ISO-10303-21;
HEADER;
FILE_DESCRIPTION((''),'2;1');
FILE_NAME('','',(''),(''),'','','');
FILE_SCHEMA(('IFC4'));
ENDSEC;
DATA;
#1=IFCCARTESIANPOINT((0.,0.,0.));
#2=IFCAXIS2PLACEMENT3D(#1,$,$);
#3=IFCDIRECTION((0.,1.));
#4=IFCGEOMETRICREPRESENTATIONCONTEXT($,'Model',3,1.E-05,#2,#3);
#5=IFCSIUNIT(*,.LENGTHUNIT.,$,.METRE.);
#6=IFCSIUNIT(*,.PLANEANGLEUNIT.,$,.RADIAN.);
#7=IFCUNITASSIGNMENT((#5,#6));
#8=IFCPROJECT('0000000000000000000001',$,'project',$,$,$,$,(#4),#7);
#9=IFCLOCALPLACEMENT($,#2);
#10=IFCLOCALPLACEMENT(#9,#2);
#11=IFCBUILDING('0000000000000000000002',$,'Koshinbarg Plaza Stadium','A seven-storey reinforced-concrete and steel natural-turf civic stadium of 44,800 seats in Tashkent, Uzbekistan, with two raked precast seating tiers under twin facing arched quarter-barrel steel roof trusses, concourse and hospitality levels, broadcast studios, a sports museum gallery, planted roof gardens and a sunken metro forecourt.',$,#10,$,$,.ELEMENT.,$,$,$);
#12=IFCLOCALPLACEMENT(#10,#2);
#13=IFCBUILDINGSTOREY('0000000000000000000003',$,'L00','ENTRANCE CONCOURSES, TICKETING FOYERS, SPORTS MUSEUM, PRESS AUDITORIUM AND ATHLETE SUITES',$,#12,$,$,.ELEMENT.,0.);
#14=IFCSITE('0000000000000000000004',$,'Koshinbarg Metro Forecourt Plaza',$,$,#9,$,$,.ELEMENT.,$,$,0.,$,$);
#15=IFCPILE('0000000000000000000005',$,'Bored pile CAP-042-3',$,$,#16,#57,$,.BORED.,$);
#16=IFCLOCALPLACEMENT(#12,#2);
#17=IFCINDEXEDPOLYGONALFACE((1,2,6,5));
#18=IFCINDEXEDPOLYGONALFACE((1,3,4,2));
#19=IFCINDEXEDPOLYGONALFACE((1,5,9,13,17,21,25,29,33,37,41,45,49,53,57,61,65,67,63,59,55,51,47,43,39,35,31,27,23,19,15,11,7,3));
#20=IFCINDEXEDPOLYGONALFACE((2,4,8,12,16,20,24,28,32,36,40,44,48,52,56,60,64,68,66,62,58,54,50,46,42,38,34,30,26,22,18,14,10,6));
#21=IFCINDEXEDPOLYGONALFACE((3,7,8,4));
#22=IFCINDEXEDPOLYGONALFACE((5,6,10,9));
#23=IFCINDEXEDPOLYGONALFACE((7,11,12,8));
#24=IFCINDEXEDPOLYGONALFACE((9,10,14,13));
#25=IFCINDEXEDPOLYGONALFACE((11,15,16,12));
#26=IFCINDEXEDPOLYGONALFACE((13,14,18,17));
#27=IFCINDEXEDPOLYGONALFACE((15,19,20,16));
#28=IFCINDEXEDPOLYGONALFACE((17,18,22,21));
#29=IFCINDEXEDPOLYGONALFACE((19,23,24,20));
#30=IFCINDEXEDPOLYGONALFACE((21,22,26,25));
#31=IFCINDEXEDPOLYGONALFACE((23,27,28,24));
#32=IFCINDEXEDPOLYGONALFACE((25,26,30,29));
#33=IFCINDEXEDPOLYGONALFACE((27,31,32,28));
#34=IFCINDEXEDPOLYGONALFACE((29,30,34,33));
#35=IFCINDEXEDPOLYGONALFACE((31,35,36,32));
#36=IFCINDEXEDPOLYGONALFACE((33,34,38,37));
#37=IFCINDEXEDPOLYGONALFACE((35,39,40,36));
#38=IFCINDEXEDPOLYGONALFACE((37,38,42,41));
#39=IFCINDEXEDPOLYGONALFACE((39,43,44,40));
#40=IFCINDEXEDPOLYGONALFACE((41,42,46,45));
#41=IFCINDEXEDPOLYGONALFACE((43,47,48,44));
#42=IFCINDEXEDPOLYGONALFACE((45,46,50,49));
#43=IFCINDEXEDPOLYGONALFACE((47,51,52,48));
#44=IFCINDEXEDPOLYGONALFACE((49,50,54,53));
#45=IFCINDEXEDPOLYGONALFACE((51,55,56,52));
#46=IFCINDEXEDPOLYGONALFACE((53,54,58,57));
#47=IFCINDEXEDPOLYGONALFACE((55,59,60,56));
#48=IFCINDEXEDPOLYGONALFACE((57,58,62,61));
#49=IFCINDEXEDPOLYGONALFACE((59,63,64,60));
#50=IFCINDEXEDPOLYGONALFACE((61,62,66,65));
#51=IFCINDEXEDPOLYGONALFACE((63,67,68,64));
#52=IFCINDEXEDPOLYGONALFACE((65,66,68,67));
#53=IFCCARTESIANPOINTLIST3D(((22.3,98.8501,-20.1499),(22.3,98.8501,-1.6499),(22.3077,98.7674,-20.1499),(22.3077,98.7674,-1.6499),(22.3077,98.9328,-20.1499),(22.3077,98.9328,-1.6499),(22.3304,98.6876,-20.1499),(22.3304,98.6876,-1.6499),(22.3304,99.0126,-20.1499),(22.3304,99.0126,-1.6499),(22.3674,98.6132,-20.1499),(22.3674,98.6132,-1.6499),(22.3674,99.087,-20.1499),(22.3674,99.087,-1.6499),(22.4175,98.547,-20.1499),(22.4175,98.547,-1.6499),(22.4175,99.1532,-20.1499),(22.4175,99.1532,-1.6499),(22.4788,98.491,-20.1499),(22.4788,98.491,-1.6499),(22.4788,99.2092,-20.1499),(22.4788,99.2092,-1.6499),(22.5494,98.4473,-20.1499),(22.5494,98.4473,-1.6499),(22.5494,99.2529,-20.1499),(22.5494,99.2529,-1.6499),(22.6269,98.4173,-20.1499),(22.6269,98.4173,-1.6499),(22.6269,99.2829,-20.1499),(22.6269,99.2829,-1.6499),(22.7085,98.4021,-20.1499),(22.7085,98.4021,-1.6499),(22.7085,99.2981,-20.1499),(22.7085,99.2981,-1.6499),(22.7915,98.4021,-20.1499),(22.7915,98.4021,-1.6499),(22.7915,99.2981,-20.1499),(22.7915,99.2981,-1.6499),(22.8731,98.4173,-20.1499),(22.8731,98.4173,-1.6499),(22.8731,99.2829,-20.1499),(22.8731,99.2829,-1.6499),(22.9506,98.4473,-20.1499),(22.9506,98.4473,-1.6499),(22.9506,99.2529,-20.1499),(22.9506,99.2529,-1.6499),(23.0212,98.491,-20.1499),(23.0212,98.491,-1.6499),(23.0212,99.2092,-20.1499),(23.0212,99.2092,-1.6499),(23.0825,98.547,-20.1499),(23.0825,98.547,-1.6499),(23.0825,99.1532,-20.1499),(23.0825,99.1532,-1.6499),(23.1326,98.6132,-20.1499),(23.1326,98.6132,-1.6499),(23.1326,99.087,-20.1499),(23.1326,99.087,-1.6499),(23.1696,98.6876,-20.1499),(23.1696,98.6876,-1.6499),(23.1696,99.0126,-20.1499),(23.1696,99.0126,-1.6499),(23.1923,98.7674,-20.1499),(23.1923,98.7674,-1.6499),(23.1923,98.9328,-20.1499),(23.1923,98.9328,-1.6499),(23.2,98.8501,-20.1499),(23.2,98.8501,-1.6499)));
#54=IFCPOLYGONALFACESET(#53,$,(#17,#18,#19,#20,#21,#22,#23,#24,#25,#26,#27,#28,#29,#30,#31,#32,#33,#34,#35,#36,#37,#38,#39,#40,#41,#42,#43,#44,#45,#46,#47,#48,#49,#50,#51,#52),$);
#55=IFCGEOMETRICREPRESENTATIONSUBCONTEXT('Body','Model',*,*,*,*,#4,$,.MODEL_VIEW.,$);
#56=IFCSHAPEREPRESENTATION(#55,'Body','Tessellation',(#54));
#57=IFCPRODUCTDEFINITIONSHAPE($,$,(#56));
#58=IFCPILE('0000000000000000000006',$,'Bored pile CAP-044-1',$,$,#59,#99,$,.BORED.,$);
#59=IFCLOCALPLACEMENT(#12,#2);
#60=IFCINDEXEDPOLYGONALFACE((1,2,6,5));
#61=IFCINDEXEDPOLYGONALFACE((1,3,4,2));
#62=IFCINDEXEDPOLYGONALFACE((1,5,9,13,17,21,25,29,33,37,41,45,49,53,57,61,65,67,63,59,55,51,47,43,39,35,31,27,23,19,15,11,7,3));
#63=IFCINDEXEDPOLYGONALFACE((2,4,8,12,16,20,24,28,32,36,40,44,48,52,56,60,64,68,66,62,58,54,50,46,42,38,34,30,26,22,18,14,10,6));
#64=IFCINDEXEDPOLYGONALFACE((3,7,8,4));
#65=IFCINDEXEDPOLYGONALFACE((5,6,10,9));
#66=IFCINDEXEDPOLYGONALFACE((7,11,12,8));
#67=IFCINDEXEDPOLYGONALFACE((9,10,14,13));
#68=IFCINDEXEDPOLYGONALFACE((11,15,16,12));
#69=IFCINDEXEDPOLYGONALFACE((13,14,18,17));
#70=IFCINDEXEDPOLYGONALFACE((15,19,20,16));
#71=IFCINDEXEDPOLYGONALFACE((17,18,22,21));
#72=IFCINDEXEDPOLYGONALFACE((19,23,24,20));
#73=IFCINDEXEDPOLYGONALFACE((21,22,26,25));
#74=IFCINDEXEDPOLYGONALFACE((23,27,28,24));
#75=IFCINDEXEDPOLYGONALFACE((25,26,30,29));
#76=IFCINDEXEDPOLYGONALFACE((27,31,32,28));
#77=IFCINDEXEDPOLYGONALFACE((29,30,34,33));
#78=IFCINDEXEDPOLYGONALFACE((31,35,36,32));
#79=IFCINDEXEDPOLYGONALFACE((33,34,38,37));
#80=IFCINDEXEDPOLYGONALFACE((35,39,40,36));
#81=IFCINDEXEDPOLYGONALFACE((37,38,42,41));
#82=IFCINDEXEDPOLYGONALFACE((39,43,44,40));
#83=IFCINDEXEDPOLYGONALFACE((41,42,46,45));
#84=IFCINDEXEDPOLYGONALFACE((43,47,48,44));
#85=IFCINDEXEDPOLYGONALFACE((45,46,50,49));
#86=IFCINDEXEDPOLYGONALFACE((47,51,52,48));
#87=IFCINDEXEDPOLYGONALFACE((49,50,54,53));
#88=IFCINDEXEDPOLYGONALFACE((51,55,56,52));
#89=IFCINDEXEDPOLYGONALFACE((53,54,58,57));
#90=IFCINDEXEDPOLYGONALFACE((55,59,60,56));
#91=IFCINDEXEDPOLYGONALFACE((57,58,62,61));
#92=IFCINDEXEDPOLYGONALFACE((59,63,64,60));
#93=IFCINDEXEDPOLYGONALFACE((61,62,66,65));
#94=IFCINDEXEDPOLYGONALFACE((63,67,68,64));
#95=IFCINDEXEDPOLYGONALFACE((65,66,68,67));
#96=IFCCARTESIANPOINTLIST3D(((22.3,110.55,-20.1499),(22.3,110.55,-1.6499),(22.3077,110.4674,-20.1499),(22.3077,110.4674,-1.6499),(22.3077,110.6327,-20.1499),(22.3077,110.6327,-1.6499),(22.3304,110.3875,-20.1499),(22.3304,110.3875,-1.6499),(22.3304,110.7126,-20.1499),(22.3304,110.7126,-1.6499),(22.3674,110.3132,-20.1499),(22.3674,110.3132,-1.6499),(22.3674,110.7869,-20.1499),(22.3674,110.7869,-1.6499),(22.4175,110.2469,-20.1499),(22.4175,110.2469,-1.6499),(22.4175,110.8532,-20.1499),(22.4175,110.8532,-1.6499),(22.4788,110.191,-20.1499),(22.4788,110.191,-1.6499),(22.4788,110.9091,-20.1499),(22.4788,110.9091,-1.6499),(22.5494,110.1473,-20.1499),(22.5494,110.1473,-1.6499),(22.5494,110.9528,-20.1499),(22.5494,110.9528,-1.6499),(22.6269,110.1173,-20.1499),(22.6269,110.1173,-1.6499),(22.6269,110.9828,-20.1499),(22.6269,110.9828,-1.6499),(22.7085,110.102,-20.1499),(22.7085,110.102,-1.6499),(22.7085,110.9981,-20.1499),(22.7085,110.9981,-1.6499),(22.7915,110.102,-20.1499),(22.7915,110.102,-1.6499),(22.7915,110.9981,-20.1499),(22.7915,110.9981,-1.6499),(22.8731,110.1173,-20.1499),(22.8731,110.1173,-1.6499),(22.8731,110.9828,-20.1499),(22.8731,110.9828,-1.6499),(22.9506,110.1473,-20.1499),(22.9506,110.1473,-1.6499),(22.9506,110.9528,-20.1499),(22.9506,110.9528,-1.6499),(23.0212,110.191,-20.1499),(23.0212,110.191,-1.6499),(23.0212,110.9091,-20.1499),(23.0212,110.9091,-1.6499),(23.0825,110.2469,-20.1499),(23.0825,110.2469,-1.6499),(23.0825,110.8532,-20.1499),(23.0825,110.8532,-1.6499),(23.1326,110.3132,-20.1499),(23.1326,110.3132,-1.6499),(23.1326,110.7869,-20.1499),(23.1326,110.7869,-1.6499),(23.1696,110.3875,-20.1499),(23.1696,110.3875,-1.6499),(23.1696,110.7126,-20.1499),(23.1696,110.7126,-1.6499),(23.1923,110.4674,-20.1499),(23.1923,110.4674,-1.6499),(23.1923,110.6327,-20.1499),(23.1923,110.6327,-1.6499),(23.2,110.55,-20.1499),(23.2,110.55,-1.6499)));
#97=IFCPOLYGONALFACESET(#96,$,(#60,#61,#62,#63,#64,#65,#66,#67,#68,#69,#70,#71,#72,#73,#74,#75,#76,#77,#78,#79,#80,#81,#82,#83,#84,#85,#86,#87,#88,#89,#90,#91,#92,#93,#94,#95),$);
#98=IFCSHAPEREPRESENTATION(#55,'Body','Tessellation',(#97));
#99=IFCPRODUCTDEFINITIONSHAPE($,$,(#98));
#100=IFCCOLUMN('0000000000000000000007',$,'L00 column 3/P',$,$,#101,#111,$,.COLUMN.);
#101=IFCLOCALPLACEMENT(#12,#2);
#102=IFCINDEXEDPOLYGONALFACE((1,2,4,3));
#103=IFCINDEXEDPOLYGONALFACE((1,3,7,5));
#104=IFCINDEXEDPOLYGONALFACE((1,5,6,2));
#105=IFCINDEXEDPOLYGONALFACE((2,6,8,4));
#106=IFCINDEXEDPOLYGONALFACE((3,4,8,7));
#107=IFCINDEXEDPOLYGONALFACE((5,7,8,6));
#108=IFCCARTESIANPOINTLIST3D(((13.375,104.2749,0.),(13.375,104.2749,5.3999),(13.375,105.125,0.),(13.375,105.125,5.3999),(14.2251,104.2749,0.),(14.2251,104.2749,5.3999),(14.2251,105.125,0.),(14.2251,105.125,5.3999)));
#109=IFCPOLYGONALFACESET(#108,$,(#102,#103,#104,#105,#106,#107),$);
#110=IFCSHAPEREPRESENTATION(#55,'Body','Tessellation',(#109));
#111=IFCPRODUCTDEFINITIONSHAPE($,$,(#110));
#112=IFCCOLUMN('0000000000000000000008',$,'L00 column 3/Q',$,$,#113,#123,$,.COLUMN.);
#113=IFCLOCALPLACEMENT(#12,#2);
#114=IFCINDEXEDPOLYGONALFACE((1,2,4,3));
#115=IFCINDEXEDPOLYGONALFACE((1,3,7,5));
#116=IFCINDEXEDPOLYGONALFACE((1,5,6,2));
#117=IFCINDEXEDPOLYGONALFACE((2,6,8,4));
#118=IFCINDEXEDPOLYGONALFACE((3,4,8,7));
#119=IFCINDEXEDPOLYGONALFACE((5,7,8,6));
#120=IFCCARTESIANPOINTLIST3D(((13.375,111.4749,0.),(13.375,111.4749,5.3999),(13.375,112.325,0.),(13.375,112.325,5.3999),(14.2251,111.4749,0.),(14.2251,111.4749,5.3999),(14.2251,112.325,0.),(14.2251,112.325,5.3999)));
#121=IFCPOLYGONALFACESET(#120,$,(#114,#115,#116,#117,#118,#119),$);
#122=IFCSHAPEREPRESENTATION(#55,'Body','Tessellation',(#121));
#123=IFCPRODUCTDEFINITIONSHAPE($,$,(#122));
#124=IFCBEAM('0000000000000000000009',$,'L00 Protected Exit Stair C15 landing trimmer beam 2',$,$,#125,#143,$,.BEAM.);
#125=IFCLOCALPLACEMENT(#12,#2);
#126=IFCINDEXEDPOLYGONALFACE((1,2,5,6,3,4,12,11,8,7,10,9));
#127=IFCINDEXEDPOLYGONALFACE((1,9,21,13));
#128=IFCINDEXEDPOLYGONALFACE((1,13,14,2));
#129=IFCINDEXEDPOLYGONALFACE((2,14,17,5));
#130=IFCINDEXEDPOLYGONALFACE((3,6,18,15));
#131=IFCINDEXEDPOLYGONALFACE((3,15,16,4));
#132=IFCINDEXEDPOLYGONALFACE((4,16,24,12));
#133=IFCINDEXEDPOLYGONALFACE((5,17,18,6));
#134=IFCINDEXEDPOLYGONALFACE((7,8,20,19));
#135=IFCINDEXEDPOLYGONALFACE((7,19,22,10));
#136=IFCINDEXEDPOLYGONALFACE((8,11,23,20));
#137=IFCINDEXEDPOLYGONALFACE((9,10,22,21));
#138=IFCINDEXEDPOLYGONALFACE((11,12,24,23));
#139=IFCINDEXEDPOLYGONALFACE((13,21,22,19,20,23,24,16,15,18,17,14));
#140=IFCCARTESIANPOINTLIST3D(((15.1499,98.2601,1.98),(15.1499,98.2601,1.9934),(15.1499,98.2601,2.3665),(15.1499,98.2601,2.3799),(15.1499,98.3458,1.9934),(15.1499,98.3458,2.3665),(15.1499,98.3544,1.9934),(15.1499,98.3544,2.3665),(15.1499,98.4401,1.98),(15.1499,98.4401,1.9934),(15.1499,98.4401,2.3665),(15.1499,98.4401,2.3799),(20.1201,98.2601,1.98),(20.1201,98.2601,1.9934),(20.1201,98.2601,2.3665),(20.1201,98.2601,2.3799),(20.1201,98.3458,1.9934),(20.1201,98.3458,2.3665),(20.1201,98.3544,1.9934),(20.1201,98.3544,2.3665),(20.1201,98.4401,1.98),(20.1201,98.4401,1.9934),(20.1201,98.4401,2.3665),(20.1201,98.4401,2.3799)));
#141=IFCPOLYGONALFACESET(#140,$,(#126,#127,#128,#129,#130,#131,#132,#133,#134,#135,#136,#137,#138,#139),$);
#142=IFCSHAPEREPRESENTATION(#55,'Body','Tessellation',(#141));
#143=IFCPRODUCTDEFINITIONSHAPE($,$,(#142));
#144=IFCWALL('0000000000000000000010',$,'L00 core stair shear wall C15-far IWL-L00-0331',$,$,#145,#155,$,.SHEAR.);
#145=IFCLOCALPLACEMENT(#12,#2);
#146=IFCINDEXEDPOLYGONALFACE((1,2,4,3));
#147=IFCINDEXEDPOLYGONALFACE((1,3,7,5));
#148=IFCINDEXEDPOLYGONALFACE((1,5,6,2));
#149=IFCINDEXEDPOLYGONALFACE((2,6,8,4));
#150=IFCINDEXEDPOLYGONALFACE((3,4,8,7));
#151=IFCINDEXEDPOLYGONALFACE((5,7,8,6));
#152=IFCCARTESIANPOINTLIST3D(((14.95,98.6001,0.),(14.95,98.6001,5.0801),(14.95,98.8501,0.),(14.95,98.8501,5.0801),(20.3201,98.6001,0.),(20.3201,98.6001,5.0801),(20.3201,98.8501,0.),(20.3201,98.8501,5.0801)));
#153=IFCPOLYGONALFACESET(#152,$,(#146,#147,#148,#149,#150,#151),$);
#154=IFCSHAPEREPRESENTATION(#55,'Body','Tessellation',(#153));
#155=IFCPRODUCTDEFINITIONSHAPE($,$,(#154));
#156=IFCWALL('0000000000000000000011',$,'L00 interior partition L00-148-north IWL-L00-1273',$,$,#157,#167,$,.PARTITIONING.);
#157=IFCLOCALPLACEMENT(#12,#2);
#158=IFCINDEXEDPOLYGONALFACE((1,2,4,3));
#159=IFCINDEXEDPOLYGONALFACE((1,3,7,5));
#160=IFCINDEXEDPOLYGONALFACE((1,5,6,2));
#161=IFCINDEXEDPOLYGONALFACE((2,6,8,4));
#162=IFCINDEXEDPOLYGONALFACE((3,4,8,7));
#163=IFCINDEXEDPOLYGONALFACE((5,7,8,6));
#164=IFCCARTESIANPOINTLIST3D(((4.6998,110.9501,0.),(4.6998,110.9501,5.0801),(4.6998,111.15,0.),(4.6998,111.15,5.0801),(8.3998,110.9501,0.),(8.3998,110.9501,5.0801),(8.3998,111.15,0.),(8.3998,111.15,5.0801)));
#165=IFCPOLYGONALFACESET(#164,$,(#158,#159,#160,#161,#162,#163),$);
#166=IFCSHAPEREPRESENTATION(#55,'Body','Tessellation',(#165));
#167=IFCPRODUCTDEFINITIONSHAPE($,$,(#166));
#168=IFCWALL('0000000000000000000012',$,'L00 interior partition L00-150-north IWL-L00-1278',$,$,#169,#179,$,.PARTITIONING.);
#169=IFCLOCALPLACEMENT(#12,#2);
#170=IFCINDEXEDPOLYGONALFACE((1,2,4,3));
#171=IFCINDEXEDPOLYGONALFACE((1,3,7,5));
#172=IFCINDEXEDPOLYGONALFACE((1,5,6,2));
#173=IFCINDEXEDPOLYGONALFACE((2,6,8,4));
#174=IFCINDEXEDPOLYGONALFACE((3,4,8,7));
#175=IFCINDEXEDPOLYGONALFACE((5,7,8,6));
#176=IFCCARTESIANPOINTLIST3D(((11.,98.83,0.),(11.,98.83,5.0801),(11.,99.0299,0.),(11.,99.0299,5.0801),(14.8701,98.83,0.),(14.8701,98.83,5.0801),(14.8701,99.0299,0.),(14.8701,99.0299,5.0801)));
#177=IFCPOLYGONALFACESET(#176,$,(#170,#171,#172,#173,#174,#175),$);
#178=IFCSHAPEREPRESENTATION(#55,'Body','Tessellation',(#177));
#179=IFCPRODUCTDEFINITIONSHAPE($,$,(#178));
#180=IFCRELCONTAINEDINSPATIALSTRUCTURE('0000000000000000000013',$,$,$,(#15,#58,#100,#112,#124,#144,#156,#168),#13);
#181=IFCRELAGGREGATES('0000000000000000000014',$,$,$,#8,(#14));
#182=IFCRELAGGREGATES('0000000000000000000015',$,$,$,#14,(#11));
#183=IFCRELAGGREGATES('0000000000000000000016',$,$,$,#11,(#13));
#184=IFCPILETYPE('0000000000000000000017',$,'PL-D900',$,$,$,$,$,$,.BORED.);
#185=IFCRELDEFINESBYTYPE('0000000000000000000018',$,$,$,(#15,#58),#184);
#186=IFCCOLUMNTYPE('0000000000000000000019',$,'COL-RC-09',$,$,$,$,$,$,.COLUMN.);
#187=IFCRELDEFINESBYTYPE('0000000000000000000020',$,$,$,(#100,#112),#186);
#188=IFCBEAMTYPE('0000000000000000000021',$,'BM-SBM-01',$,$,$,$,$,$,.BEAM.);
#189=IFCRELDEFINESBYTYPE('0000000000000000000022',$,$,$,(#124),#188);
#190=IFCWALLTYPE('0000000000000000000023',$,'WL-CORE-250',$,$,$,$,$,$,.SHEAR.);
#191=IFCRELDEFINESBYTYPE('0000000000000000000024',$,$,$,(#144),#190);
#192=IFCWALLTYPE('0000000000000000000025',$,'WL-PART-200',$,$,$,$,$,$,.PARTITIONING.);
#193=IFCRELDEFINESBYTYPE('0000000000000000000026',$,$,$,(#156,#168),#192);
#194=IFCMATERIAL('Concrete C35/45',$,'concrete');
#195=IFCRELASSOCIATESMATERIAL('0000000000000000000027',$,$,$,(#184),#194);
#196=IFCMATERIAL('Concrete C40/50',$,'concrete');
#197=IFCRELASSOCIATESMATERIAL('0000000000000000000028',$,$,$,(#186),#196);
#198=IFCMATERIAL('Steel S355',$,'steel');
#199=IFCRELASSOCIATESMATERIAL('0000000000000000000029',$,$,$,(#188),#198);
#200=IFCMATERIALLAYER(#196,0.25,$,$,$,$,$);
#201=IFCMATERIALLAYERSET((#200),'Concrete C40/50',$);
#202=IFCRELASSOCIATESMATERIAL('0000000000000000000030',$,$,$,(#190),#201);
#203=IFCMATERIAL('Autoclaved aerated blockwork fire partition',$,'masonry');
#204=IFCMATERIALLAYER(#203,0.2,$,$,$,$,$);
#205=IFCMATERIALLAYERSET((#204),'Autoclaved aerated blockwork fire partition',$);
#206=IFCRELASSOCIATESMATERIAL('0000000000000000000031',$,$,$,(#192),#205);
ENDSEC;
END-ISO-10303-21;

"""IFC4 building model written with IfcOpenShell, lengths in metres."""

from ifc_helpers import new_model, si_unit, direction, frame, frame_2d, origin, origin_2d, place, context, subcontext, project, spatial, rectangle, circle, i_section, extrude, material, layer, layer_set, material_profile, profile_set, type_object, element, save


model = new_model("IFC4")

# Units and contexts
model_context = context("Model", 3, precision=1e-05, world=origin(), true_north=direction((0.0, 1.0)))
body_context = subcontext(model_context, "Body", "Model", "MODEL_VIEW")
ifc_project = project(units=[si_unit("LENGTHUNIT", "METRE"), si_unit("PLANEANGLEUNIT", "RADIAN")], contexts=[model_context])

# Site, building, storey
site_placement = place(None, origin())
site = spatial("IfcSite", under=ifc_project, at=site_placement, Name="Koshinbarg Metro Forecourt Plaza", CompositionType="ELEMENT", RefElevation=0.0)
building_placement = place(site_placement, origin())
building = spatial("IfcBuilding", under=site, at=building_placement, Name="Koshinbarg Plaza Stadium", Description="A seven-storey reinforced-concrete and steel natural-turf civic stadium of 44,800 seats in Tashkent, Uzbekistan, with two raked precast seating tiers under twin facing arched quarter-barrel steel roof trusses, concourse and hospitality levels, broadcast studios, a sports museum gallery, planted roof gardens and a sunken metro forecourt.", CompositionType="ELEMENT")
storey_placement = place(building_placement, origin())
storey = spatial("IfcBuildingStorey", under=building, at=storey_placement, Name="L00", Description="ENTRANCE CONCOURSES, TICKETING FOYERS, SPORTS MUSEUM, PRESS AUDITORIUM AND ATHLETE SUITES", CompositionType="ELEMENT", Elevation=0.0)

# Shared definitions
ifc_material_1 = material(Name="Concrete C35/45", Category="concrete")

# Piles
ifc_material_profile_1 = material_profile(ifc_material_1, circle(Radius=0.45, at=origin_2d()), Name="PILE D900")
ifc_profile_set_1 = profile_set([ifc_material_profile_1], Name="Concrete C35/45")
pile_type_1 = type_object("IfcPileType", Name="PL-D900", PredefinedType="BORED", material=ifc_profile_set_1)
for number, where, z_axis, x_axis, name in (
    (1, (22.75, 98.8501, -1.6499), (0.0, 0.0, -1.0), (1.0, 0.0, 0.0), "Bored pile CAP-042-3"),
    (2, (22.75, 110.55, -1.6499), (0.0, 0.0, -1.0), (1.0, 0.0, 0.0), "Bored pile CAP-044-1"),
):
    element("IfcPile", number, at=place(storey_placement, frame(where, z_axis=z_axis, x_axis=x_axis)), inside=storey, type_object=pile_type_1, Name=name, PredefinedType="BORED", context=body_context, shape_type="SweptSolid", body=[
        extrude(circle(Radius=0.45, at=origin_2d()), origin(), (0.0, 0.0, 1.0), 18.5),
    ])

# Columns
ifc_material_2 = material(Name="Concrete C40/50", Category="concrete")
ifc_material_profile_2 = material_profile(ifc_material_2, rectangle(XDim=0.8501, YDim=0.8501, at=origin_2d()), Name="RC 850x850")
ifc_profile_set_2 = profile_set([ifc_material_profile_2], Name="Concrete C40/50")
column_type = type_object("IfcColumnType", Name="COL-RC-09", PredefinedType="COLUMN", material=ifc_profile_set_2)
for number, where, z_axis, x_axis, name in (
    (3, (13.8, 104.7, 0.0), (0.0, 0.0, 1.0), (1.0, 0.0, 0.0), "L00 column 3/P"),
    (4, (13.8, 111.8999, 0.0), (0.0, 0.0, 1.0), (1.0, 0.0, 0.0), "L00 column 3/Q"),
):
    element("IfcColumn", number, at=place(storey_placement, frame(where, z_axis=z_axis, x_axis=x_axis)), inside=storey, type_object=column_type, Name=name, PredefinedType="COLUMN", context=body_context, shape_type="SweptSolid", body=[
        extrude(rectangle(XDim=0.8501, YDim=0.8501, at=origin_2d()), origin(), (0.0, 0.0, 1.0), 5.3999),
    ])

# Beam
ifc_material_3 = material(Name="Steel S355", Category="steel")
ifc_material_profile_3 = material_profile(ifc_material_3, i_section(OverallWidth=0.1799, OverallDepth=0.3999, WebThickness=0.0085, FlangeThickness=0.0134, at=origin_2d()), Name="IPE 400")
ifc_profile_set_3 = profile_set([ifc_material_profile_3], Name="Steel S355")
beam_type = type_object("IfcBeamType", Name="BM-SBM-01", PredefinedType="BEAM", material=ifc_profile_set_3)
beam_placement = place(storey_placement, frame((15.1499, 98.3501, 2.1799), z_axis=(1.0, 0.0, 0.0), x_axis=(0.0, 1.0, 0.0)))
element("IfcBeam", 5, at=beam_placement, inside=storey, type_object=beam_type, Name="L00 Protected Exit Stair C15 landing trimmer beam 2", PredefinedType="BEAM", context=body_context, shape_type="SweptSolid", body=[
    extrude(i_section(OverallWidth=0.1799, OverallDepth=0.3999, WebThickness=0.0085, FlangeThickness=0.0134, at=origin_2d()), origin(), (0.0, 0.0, 1.0), 4.9702),
])

# Walls
ifc_layer_1 = layer(ifc_material_2, 0.25)
ifc_layer_set_1 = layer_set([ifc_layer_1], Name="Concrete C40/50")
wall_type_1 = type_object("IfcWallType", Name="WL-CORE-250", PredefinedType="SHEAR", material=ifc_layer_set_1)
wall_1_placement = place(storey_placement, frame((20.3201, 98.7251, 0.0), z_axis=(0.0, 0.0, 1.0), x_axis=(-1.0, 0.0, 0.0)))
element("IfcWall", 6, at=wall_1_placement, inside=storey, type_object=wall_type_1, Name="L00 core stair shear wall C15-far IWL-L00-0331", PredefinedType="SHEAR", context=body_context, shape_type="SweptSolid", body=[
    extrude(rectangle(XDim=5.3701, YDim=0.25, at=frame_2d((2.6851, 0.0))), origin(), (0.0, 0.0, 1.0), 5.0801),
])
ifc_material_4 = material(Name="Autoclaved aerated blockwork fire partition", Category="masonry")
ifc_layer_2 = layer(ifc_material_4, 0.2)
ifc_layer_set_2 = layer_set([ifc_layer_2], Name="Autoclaved aerated blockwork fire partition")
wall_type_2 = type_object("IfcWallType", Name="WL-PART-200", PredefinedType="PARTITIONING", material=ifc_layer_set_2)
wall_2_placement = place(storey_placement, frame((8.3999, 111.05, 0.0), z_axis=(0.0, 0.0, 1.0), x_axis=(-1.0, 0.0, 0.0)))
element("IfcWall", 7, at=wall_2_placement, inside=storey, type_object=wall_type_2, Name="L00 interior partition L00-148-north IWL-L00-1273", PredefinedType="PARTITIONING", context=body_context, shape_type="SweptSolid", body=[
    extrude(rectangle(XDim=3.7, YDim=0.2, at=frame_2d((1.8501, 0.0))), origin(), (0.0, 0.0, 1.0), 5.0801),
])
wall_3_placement = place(storey_placement, frame((14.8701, 98.9299, 0.0), z_axis=(0.0, 0.0, 1.0), x_axis=(-1.0, 0.0, 0.0)))
element("IfcWall", 8, at=wall_3_placement, inside=storey, type_object=wall_type_2, Name="L00 interior partition L00-150-north IWL-L00-1278", PredefinedType="PARTITIONING", context=body_context, shape_type="SweptSolid", body=[
    extrude(rectangle(XDim=3.8701, YDim=0.2, at=frame_2d((1.9351, 0.0))), origin(), (0.0, 0.0, 1.0), 5.0801),
])

save(model, "model.ifc")
